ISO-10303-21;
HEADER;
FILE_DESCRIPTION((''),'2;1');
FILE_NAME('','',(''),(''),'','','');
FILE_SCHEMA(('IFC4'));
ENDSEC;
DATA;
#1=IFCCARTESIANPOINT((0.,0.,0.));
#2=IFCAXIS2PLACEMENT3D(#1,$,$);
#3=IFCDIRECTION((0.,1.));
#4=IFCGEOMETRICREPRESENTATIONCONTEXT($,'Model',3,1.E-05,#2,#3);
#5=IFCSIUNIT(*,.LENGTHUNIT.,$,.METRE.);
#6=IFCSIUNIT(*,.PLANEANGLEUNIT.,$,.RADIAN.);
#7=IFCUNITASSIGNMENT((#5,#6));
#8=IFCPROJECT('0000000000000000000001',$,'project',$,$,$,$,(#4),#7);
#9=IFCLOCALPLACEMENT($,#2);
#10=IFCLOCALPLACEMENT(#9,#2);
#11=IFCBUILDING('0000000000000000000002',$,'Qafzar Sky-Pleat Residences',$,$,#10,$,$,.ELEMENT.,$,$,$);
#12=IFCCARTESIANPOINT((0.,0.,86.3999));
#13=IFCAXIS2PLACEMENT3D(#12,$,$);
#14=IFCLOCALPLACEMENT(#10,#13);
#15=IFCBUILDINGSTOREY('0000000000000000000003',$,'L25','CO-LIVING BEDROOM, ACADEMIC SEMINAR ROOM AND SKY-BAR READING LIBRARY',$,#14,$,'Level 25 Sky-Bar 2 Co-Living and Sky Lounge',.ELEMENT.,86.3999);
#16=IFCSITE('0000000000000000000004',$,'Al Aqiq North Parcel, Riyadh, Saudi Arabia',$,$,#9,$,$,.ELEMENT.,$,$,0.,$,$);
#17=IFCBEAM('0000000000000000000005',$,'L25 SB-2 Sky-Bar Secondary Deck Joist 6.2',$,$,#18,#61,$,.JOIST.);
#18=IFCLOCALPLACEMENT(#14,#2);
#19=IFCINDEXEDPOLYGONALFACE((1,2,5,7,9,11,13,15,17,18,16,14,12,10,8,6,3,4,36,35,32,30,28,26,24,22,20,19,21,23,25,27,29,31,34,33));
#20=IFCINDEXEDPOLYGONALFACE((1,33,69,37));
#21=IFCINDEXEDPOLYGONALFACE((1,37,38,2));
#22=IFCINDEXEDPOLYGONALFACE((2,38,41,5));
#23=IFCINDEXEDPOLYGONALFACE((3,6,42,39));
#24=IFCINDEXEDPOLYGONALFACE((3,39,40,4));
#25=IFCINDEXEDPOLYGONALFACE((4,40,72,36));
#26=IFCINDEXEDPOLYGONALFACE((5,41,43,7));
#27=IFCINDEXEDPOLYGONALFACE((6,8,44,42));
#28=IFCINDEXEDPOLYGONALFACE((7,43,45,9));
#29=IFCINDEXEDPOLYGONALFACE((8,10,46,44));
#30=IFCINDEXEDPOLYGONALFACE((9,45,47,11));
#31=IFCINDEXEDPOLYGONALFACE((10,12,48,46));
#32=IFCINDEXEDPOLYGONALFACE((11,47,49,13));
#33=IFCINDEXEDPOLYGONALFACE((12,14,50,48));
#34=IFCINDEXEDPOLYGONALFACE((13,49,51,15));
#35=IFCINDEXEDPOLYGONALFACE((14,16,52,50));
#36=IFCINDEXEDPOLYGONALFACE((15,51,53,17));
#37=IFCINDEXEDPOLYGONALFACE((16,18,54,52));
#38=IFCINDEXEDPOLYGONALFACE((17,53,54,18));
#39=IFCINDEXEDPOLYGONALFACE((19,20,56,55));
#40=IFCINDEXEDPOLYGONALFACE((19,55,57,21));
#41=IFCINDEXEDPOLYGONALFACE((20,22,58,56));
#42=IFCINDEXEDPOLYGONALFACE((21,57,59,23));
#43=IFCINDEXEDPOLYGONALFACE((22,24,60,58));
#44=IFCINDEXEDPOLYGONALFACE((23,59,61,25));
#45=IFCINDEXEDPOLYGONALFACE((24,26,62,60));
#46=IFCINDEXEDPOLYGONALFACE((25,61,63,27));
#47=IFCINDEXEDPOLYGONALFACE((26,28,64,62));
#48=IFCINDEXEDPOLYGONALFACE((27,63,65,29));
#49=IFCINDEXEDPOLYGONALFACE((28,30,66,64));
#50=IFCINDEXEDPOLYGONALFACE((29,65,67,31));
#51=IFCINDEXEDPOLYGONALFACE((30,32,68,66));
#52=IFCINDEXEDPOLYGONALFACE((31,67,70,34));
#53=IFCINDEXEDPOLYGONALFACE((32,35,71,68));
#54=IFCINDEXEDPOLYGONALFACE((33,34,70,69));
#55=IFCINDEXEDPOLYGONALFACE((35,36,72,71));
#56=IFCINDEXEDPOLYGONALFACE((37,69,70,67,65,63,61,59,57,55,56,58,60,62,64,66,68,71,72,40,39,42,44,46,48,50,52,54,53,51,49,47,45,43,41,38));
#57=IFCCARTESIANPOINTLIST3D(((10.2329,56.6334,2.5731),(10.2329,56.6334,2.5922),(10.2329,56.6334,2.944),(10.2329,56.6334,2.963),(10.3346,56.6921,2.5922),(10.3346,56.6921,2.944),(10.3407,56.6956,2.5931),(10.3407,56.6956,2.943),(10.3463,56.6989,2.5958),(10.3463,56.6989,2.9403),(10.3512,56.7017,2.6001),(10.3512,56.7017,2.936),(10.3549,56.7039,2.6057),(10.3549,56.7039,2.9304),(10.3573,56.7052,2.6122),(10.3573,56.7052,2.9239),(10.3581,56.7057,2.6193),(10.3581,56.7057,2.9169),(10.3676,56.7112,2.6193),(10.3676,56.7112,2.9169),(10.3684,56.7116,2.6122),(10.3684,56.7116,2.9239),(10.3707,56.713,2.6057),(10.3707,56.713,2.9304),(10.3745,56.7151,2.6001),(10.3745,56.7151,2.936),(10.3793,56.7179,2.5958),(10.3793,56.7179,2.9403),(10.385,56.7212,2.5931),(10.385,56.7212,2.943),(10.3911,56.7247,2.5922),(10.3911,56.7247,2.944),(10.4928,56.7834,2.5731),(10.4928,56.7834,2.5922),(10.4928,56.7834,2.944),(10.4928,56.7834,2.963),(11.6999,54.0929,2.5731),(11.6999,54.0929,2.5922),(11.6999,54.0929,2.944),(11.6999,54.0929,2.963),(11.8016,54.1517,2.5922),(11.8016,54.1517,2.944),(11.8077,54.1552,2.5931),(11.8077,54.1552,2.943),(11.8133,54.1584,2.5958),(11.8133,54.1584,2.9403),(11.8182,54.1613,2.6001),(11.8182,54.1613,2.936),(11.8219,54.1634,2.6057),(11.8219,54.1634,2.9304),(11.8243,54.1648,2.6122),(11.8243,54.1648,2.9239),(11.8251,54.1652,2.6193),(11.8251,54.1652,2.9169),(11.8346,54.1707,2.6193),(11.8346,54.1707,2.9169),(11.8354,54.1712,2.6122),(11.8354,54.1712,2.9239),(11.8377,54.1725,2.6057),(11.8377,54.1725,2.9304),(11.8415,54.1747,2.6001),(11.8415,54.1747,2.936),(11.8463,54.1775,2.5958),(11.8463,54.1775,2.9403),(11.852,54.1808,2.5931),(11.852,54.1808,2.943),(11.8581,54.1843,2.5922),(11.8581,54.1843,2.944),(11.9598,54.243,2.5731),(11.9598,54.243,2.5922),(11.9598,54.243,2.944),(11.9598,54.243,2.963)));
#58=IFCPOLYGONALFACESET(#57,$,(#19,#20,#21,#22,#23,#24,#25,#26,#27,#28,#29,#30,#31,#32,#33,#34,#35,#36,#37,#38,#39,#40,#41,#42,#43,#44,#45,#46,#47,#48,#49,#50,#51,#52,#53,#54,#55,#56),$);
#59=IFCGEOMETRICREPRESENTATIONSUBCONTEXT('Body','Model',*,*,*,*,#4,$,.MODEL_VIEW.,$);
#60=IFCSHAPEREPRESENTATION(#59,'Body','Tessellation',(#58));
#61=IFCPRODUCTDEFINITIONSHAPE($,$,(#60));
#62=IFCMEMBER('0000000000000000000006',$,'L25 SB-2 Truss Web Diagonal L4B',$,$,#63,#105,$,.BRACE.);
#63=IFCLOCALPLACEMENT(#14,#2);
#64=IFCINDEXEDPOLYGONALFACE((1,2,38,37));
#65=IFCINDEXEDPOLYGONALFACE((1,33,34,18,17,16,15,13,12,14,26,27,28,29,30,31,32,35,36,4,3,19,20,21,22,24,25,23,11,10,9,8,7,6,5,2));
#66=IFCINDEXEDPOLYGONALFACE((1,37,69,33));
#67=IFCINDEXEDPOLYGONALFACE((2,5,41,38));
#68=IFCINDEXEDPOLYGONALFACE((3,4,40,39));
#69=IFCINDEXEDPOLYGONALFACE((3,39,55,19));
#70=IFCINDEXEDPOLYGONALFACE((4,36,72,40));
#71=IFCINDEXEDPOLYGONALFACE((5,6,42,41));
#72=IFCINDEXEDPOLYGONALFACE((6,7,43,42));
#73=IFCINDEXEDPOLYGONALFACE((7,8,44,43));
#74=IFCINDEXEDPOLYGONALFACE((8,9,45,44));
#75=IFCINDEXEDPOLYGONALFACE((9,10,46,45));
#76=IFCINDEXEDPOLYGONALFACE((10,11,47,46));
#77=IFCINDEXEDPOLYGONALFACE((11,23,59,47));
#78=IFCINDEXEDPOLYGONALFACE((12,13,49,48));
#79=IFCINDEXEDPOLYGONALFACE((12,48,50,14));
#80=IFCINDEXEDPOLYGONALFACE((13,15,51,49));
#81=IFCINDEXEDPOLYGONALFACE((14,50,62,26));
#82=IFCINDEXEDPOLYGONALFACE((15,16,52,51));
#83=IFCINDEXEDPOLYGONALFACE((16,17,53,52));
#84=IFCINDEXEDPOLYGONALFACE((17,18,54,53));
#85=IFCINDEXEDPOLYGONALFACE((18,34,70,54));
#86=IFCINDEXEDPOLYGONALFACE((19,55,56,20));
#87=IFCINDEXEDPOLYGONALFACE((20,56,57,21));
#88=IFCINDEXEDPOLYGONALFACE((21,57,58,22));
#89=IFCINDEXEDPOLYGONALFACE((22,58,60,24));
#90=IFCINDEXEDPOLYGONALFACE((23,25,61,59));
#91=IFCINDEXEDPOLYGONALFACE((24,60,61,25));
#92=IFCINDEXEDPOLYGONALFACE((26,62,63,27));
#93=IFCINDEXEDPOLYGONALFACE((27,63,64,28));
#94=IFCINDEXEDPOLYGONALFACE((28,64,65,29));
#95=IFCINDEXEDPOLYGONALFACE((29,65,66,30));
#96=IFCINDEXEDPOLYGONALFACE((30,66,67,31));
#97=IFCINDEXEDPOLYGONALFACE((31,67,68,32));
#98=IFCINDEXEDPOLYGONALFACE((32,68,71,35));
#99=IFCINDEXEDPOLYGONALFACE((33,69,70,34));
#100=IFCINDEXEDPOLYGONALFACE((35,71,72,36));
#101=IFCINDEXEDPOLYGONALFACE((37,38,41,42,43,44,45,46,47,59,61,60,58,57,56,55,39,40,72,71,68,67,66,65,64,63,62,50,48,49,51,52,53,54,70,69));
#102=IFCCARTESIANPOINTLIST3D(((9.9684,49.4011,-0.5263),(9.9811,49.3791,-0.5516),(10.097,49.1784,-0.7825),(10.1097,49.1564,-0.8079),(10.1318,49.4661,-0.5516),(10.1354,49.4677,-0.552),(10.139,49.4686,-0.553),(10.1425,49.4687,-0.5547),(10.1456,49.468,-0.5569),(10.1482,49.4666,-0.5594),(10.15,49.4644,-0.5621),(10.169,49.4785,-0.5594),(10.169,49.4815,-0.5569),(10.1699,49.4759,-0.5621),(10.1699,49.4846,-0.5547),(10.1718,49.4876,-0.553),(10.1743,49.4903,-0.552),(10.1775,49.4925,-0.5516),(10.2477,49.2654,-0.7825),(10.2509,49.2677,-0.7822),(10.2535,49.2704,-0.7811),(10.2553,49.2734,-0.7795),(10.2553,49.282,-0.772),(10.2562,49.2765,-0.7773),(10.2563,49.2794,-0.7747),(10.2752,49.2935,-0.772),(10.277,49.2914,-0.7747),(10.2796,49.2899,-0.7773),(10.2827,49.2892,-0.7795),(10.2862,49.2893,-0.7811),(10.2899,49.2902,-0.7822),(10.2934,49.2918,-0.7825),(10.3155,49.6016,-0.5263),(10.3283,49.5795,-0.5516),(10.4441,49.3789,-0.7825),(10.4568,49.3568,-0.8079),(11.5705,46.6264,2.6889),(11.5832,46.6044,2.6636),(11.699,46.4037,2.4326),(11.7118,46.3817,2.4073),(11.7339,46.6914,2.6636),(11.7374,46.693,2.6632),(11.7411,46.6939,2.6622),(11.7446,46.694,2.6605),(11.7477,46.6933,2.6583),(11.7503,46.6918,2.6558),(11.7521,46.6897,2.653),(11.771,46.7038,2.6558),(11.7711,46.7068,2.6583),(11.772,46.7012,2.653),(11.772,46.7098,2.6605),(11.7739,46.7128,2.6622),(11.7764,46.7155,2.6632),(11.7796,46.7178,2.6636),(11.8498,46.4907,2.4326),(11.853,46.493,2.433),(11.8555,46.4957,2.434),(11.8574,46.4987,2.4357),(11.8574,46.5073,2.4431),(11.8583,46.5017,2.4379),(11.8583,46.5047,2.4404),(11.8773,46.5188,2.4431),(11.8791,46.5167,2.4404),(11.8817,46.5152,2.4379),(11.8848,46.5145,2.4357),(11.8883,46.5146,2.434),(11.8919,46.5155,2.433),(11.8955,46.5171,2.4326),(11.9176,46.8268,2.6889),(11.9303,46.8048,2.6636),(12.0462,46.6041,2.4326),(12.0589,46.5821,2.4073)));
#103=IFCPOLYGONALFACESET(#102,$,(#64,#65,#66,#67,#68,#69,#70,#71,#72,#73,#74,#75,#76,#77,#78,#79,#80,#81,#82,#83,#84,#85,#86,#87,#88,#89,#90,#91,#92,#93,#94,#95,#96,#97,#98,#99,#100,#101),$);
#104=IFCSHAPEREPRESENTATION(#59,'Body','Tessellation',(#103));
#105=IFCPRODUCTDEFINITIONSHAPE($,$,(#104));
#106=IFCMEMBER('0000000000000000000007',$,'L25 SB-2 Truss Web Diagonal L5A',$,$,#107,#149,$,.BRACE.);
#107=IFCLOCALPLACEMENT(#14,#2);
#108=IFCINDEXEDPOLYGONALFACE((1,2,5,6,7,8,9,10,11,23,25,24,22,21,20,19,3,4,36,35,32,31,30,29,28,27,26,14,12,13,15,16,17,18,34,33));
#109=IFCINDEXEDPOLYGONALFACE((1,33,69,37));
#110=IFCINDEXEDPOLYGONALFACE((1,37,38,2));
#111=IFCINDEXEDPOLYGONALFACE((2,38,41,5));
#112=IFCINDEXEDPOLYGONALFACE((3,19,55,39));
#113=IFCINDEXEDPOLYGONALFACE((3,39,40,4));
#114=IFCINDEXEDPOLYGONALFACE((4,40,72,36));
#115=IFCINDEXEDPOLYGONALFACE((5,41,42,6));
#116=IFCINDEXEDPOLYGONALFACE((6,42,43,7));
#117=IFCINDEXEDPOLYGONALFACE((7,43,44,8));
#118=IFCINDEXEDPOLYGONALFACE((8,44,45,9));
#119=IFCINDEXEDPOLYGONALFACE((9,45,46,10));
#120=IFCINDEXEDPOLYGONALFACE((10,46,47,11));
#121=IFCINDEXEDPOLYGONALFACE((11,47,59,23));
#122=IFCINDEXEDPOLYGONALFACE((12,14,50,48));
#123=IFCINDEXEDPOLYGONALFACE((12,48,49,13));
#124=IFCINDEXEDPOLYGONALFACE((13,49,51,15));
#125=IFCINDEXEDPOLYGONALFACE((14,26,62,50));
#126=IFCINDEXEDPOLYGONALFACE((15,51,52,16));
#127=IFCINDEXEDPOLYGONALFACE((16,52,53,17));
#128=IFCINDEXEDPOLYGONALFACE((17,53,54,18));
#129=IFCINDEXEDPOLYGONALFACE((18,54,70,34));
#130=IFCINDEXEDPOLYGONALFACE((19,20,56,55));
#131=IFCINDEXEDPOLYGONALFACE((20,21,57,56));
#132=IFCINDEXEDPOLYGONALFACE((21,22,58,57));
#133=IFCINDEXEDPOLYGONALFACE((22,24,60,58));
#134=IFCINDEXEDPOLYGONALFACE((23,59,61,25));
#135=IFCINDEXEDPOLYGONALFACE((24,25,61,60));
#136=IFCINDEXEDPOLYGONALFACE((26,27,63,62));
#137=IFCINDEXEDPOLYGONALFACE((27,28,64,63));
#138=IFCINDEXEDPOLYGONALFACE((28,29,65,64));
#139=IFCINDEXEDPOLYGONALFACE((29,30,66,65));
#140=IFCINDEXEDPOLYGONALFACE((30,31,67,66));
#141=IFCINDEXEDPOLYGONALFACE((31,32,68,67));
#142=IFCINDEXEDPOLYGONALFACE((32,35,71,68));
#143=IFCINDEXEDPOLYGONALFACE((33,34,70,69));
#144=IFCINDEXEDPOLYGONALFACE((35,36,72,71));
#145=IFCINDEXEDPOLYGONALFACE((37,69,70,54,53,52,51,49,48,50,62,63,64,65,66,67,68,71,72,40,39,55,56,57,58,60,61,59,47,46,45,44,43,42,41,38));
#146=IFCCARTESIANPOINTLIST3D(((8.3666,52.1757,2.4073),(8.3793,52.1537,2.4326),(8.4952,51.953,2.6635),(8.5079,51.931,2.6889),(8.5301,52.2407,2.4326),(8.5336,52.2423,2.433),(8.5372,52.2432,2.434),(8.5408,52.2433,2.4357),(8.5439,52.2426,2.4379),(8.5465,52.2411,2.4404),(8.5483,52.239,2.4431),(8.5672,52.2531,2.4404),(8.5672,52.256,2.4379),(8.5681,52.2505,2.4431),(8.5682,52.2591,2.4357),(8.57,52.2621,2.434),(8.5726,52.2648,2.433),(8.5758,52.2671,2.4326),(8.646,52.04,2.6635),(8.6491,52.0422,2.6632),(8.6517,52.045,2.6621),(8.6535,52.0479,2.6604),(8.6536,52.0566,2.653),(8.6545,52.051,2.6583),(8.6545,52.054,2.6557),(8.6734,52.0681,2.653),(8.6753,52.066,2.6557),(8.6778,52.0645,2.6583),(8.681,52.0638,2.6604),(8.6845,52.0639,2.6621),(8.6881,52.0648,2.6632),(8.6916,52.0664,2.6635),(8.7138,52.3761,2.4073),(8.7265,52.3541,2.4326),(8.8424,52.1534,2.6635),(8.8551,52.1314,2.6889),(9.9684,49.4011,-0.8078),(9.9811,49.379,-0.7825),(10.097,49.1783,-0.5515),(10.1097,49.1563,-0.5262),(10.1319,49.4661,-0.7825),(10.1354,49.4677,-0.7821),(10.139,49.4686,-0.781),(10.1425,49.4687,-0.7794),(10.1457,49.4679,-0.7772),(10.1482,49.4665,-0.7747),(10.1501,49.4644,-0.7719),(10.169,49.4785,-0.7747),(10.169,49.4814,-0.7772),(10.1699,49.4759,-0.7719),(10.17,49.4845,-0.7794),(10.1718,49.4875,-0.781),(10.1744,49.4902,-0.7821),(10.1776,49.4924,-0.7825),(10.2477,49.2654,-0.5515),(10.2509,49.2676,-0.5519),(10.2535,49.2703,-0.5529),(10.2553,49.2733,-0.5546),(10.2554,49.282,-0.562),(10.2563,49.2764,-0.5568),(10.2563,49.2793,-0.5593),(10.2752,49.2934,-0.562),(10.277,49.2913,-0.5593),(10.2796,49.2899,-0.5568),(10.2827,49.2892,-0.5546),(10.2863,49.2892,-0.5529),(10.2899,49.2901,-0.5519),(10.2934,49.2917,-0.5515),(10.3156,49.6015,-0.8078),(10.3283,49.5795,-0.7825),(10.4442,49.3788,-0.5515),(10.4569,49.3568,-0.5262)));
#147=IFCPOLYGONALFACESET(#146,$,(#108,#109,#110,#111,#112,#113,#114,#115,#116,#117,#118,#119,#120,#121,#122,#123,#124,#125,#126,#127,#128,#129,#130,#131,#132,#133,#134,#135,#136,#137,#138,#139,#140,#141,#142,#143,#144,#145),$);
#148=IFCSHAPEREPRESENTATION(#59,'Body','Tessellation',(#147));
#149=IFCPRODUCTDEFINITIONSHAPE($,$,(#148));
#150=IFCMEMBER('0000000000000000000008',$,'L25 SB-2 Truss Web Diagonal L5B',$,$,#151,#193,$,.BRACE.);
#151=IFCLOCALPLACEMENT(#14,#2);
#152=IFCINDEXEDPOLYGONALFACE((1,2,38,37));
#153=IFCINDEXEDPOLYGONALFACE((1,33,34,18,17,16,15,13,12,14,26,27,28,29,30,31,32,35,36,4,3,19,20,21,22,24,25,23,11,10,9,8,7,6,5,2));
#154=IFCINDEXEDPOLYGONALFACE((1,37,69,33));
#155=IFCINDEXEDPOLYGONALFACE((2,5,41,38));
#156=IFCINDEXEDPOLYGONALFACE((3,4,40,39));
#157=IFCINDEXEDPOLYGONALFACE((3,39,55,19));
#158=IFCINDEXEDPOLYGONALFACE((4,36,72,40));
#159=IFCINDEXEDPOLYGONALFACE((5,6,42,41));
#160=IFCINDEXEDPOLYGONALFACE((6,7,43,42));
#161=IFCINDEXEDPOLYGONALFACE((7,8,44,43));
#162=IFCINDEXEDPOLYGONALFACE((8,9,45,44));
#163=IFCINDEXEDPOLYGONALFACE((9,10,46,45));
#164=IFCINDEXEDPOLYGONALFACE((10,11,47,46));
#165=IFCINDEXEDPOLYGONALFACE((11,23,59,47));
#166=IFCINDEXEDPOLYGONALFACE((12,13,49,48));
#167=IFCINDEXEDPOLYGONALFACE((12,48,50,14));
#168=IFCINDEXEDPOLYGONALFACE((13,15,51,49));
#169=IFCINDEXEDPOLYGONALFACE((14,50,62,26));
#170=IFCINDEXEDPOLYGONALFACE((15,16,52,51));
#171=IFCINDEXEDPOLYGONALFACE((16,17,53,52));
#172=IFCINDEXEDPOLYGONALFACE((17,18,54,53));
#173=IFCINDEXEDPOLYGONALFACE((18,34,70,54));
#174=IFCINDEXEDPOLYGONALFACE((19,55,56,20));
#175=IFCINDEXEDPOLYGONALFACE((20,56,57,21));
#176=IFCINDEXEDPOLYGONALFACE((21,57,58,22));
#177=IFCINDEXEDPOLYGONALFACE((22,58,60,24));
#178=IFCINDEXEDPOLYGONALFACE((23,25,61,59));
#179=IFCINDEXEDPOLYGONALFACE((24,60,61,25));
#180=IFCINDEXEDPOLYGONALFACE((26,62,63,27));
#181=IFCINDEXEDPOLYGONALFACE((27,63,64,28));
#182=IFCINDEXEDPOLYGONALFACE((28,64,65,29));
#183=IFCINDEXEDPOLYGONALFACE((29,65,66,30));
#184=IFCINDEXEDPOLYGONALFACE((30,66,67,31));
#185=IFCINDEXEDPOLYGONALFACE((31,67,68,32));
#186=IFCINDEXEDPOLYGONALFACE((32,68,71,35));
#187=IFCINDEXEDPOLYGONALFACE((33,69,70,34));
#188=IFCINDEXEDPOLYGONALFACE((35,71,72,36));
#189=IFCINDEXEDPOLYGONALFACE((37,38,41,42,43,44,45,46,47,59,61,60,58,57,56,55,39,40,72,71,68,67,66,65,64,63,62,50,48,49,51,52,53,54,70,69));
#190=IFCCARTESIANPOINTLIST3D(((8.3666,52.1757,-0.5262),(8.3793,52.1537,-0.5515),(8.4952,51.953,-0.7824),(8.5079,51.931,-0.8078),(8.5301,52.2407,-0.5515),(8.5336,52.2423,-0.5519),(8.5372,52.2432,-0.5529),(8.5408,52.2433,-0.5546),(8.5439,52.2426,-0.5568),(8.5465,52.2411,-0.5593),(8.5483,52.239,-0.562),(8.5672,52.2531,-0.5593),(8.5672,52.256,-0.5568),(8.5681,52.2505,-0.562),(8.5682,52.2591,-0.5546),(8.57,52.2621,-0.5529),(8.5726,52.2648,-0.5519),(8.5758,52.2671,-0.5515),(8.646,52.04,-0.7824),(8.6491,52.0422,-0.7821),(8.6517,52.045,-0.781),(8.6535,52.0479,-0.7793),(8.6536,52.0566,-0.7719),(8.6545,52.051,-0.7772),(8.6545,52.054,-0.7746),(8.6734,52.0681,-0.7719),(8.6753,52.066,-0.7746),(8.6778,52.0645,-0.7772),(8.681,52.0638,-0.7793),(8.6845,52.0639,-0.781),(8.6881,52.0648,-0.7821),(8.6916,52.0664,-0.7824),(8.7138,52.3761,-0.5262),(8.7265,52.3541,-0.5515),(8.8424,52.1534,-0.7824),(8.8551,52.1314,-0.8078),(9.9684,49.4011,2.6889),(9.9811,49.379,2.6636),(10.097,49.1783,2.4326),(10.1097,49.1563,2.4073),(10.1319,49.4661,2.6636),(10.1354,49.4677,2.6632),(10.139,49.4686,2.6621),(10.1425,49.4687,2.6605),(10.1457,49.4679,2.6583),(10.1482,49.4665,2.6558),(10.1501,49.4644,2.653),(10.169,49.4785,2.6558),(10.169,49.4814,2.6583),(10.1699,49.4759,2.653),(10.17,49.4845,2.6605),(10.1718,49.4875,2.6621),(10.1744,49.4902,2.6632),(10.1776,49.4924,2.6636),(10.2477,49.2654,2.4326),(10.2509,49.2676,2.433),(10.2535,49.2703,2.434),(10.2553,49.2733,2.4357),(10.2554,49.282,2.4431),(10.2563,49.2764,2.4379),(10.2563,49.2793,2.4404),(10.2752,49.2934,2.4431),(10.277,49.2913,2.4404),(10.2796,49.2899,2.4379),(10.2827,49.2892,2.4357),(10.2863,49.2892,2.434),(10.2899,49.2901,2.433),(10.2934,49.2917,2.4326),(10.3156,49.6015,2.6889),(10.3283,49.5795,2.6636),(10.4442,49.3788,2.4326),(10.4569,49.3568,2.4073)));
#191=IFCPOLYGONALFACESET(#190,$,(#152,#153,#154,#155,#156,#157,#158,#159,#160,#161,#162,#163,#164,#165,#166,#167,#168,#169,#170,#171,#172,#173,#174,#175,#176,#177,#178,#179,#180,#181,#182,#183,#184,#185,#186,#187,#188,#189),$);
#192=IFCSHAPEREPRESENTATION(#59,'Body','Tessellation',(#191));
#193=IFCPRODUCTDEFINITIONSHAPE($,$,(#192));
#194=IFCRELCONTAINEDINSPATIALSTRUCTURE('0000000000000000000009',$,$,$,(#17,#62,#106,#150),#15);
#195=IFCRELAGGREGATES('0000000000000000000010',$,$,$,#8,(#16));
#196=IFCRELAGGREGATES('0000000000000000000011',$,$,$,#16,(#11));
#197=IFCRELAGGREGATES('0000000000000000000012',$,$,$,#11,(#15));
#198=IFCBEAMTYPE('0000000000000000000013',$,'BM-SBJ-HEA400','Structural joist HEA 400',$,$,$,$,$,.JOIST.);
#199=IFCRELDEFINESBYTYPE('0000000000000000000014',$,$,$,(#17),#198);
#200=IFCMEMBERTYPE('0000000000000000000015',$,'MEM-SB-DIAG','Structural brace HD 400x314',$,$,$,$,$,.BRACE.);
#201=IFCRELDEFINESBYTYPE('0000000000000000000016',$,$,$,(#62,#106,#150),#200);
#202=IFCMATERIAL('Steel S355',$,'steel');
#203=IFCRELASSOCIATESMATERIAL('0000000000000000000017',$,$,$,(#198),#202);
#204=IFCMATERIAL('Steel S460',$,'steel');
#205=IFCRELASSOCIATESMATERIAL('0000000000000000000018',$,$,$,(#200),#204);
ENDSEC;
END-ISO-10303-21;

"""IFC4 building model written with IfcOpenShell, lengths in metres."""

from ifc_helpers import new_model, si_unit, direction, frame, origin, origin_2d, place, context, subcontext, project, spatial, i_section, extrude, source, transform, mapped, material, material_profile, profile_set, type_object, element, save


model = new_model("IFC4")

# Units and contexts
model_context = context("Model", 3, precision=1e-05, world=origin(), true_north=direction((0.0, 1.0)))
body_context = subcontext(model_context, "Body", "Model", "MODEL_VIEW")
ifc_project = project(units=[si_unit("LENGTHUNIT", "METRE"), si_unit("PLANEANGLEUNIT", "RADIAN")], contexts=[model_context])

# Site, building, storey
site_placement = place(None, origin())
site = spatial("IfcSite", under=ifc_project, at=site_placement, Name="Al Aqiq North Parcel, Riyadh, Saudi Arabia", CompositionType="ELEMENT", RefElevation=0.0)
building_placement = place(site_placement, origin())
building = spatial("IfcBuilding", under=site, at=building_placement, Name="Qafzar Sky-Pleat Residences", CompositionType="ELEMENT")
storey_placement = place(building_placement, frame((0.0, 0.0, 86.3999)))
storey = spatial("IfcBuildingStorey", under=building, at=storey_placement, Name="L25", Description="CO-LIVING BEDROOM, ACADEMIC SEMINAR ROOM AND SKY-BAR READING LIBRARY", LongName="Level 25 Sky-Bar 2 Co-Living and Sky Lounge", CompositionType="ELEMENT", Elevation=86.3999)

# Beam
ifc_material_1 = material(Name="Steel S355", Category="steel")
ifc_material_profile_1 = material_profile(ifc_material_1, i_section(OverallWidth=0.3, OverallDepth=0.3899, WebThickness=0.011, FlangeThickness=0.019, FilletRadius=0.0271, at=origin_2d()), Name="HEA 400")
ifc_profile_set_1 = profile_set([ifc_material_profile_1], Name="Steel S355")
beam_type_1 = type_object("IfcBeamType", Name="BM-SBJ-HEA400", Description="Structural joist HEA 400", PredefinedType="JOIST", material=ifc_profile_set_1)
shared_shape_1 = source(origin(), body_context, "Body", "SweptSolid", [
    extrude(i_section(OverallWidth=0.3, OverallDepth=0.3899, WebThickness=0.011, FlangeThickness=0.019, FilletRadius=0.0271, at=origin_2d()), origin(), (0.0, 0.0, 1.0), 2.9336),
])
beam_placement = place(storey_placement, frame((11.8298, 54.168, 2.7681), z_axis=(-0.500068, 0.865986, 0.0), x_axis=(-0.865986, -0.500068, 0.0)))
element("IfcBeam", 1, at=beam_placement, inside=storey, type_object=beam_type_1, Name="L25 SB-2 Sky-Bar Secondary Deck Joist 6.2", PredefinedType="JOIST", context=body_context, shape_type="MappedRepresentation", body=[
    mapped(shared_shape_1, transform((0.0, 0.0, 0.0), x_axis=(1.0, 0.0, 0.0), y_axis=(0.0, 1.0, 0.0), z_axis=(0.0, 0.0, 1.0), scale=1.0)),
])

# Members
ifc_material_2 = material(Name="Steel S460", Category="steel")
ifc_material_profile_2 = material_profile(ifc_material_2, i_section(OverallWidth=0.4009, OverallDepth=0.3989, WebThickness=0.0229, FlangeThickness=0.0359, FilletRadius=0.0149, at=origin_2d()), Name="HD 400x314")
ifc_profile_set_2 = profile_set([ifc_material_profile_2], Name="Steel S460")
member_type_1 = type_object("IfcMemberType", Name="MEM-SB-DIAG", Description="Structural brace HD 400x314", PredefinedType="BRACE", material=ifc_profile_set_2)
shared_shape_2 = source(origin(), body_context, "Body", "SweptSolid", [
    extrude(i_section(OverallWidth=0.4009, OverallDepth=0.3989, WebThickness=0.0229, FlangeThickness=0.0359, FilletRadius=0.0149, at=origin_2d()), origin(), (0.0, 0.0, 1.0), 4.5391),
])
member_1_placement = place(storey_placement, frame((11.8147, 46.6042, 2.5481), z_axis=(-0.352956, 0.611299, -0.708333), x_axis=(-0.866012, -0.500024, 0.0)))
element("IfcMember", 2, at=member_1_placement, inside=storey, type_object=member_type_1, Name="L25 SB-2 Truss Web Diagonal L4B", PredefinedType="BRACE", context=body_context, shape_type="MappedRepresentation", body=[
    mapped(shared_shape_2, transform((0.0, 0.0, 0.0), x_axis=(1.0, 0.0, 0.0), y_axis=(0.0, 1.0, 0.0), z_axis=(0.0, 0.0, 1.0), scale=1.0)),
])
shared_shape_3 = source(origin(), body_context, "Body", "SweptSolid", [
    extrude(i_section(OverallWidth=0.4009, OverallDepth=0.3989, WebThickness=0.0229, FlangeThickness=0.0359, FilletRadius=0.0149, at=origin_2d()), origin(), (0.0, 0.0, 1.0), 4.5388),
])
for number, where, z_axis, x_axis, name in (
    (3, (10.2126, 49.3789, -0.667), (-0.352909, 0.611311, 0.708346), (-0.866045, -0.499967, 0.0), "L25 SB-2 Truss Web Diagonal L5A"),
    (4, (10.2126, 49.3789, 2.5481), (-0.352909, 0.611311, -0.708346), (-0.866045, -0.499967, 0.0), "L25 SB-2 Truss Web Diagonal L5B"),
):
    element("IfcMember", number, at=place(storey_placement, frame(where, z_axis=z_axis, x_axis=x_axis)), inside=storey, type_object=member_type_1, Name=name, PredefinedType="BRACE", context=body_context, shape_type="MappedRepresentation", body=[
        mapped(shared_shape_3, transform((0.0, 0.0, 0.0), x_axis=(1.0, 0.0, 0.0), y_axis=(0.0, 1.0, 0.0), z_axis=(0.0, 0.0, 1.0), scale=1.0)),
    ])

save(model, "model.ifc")
